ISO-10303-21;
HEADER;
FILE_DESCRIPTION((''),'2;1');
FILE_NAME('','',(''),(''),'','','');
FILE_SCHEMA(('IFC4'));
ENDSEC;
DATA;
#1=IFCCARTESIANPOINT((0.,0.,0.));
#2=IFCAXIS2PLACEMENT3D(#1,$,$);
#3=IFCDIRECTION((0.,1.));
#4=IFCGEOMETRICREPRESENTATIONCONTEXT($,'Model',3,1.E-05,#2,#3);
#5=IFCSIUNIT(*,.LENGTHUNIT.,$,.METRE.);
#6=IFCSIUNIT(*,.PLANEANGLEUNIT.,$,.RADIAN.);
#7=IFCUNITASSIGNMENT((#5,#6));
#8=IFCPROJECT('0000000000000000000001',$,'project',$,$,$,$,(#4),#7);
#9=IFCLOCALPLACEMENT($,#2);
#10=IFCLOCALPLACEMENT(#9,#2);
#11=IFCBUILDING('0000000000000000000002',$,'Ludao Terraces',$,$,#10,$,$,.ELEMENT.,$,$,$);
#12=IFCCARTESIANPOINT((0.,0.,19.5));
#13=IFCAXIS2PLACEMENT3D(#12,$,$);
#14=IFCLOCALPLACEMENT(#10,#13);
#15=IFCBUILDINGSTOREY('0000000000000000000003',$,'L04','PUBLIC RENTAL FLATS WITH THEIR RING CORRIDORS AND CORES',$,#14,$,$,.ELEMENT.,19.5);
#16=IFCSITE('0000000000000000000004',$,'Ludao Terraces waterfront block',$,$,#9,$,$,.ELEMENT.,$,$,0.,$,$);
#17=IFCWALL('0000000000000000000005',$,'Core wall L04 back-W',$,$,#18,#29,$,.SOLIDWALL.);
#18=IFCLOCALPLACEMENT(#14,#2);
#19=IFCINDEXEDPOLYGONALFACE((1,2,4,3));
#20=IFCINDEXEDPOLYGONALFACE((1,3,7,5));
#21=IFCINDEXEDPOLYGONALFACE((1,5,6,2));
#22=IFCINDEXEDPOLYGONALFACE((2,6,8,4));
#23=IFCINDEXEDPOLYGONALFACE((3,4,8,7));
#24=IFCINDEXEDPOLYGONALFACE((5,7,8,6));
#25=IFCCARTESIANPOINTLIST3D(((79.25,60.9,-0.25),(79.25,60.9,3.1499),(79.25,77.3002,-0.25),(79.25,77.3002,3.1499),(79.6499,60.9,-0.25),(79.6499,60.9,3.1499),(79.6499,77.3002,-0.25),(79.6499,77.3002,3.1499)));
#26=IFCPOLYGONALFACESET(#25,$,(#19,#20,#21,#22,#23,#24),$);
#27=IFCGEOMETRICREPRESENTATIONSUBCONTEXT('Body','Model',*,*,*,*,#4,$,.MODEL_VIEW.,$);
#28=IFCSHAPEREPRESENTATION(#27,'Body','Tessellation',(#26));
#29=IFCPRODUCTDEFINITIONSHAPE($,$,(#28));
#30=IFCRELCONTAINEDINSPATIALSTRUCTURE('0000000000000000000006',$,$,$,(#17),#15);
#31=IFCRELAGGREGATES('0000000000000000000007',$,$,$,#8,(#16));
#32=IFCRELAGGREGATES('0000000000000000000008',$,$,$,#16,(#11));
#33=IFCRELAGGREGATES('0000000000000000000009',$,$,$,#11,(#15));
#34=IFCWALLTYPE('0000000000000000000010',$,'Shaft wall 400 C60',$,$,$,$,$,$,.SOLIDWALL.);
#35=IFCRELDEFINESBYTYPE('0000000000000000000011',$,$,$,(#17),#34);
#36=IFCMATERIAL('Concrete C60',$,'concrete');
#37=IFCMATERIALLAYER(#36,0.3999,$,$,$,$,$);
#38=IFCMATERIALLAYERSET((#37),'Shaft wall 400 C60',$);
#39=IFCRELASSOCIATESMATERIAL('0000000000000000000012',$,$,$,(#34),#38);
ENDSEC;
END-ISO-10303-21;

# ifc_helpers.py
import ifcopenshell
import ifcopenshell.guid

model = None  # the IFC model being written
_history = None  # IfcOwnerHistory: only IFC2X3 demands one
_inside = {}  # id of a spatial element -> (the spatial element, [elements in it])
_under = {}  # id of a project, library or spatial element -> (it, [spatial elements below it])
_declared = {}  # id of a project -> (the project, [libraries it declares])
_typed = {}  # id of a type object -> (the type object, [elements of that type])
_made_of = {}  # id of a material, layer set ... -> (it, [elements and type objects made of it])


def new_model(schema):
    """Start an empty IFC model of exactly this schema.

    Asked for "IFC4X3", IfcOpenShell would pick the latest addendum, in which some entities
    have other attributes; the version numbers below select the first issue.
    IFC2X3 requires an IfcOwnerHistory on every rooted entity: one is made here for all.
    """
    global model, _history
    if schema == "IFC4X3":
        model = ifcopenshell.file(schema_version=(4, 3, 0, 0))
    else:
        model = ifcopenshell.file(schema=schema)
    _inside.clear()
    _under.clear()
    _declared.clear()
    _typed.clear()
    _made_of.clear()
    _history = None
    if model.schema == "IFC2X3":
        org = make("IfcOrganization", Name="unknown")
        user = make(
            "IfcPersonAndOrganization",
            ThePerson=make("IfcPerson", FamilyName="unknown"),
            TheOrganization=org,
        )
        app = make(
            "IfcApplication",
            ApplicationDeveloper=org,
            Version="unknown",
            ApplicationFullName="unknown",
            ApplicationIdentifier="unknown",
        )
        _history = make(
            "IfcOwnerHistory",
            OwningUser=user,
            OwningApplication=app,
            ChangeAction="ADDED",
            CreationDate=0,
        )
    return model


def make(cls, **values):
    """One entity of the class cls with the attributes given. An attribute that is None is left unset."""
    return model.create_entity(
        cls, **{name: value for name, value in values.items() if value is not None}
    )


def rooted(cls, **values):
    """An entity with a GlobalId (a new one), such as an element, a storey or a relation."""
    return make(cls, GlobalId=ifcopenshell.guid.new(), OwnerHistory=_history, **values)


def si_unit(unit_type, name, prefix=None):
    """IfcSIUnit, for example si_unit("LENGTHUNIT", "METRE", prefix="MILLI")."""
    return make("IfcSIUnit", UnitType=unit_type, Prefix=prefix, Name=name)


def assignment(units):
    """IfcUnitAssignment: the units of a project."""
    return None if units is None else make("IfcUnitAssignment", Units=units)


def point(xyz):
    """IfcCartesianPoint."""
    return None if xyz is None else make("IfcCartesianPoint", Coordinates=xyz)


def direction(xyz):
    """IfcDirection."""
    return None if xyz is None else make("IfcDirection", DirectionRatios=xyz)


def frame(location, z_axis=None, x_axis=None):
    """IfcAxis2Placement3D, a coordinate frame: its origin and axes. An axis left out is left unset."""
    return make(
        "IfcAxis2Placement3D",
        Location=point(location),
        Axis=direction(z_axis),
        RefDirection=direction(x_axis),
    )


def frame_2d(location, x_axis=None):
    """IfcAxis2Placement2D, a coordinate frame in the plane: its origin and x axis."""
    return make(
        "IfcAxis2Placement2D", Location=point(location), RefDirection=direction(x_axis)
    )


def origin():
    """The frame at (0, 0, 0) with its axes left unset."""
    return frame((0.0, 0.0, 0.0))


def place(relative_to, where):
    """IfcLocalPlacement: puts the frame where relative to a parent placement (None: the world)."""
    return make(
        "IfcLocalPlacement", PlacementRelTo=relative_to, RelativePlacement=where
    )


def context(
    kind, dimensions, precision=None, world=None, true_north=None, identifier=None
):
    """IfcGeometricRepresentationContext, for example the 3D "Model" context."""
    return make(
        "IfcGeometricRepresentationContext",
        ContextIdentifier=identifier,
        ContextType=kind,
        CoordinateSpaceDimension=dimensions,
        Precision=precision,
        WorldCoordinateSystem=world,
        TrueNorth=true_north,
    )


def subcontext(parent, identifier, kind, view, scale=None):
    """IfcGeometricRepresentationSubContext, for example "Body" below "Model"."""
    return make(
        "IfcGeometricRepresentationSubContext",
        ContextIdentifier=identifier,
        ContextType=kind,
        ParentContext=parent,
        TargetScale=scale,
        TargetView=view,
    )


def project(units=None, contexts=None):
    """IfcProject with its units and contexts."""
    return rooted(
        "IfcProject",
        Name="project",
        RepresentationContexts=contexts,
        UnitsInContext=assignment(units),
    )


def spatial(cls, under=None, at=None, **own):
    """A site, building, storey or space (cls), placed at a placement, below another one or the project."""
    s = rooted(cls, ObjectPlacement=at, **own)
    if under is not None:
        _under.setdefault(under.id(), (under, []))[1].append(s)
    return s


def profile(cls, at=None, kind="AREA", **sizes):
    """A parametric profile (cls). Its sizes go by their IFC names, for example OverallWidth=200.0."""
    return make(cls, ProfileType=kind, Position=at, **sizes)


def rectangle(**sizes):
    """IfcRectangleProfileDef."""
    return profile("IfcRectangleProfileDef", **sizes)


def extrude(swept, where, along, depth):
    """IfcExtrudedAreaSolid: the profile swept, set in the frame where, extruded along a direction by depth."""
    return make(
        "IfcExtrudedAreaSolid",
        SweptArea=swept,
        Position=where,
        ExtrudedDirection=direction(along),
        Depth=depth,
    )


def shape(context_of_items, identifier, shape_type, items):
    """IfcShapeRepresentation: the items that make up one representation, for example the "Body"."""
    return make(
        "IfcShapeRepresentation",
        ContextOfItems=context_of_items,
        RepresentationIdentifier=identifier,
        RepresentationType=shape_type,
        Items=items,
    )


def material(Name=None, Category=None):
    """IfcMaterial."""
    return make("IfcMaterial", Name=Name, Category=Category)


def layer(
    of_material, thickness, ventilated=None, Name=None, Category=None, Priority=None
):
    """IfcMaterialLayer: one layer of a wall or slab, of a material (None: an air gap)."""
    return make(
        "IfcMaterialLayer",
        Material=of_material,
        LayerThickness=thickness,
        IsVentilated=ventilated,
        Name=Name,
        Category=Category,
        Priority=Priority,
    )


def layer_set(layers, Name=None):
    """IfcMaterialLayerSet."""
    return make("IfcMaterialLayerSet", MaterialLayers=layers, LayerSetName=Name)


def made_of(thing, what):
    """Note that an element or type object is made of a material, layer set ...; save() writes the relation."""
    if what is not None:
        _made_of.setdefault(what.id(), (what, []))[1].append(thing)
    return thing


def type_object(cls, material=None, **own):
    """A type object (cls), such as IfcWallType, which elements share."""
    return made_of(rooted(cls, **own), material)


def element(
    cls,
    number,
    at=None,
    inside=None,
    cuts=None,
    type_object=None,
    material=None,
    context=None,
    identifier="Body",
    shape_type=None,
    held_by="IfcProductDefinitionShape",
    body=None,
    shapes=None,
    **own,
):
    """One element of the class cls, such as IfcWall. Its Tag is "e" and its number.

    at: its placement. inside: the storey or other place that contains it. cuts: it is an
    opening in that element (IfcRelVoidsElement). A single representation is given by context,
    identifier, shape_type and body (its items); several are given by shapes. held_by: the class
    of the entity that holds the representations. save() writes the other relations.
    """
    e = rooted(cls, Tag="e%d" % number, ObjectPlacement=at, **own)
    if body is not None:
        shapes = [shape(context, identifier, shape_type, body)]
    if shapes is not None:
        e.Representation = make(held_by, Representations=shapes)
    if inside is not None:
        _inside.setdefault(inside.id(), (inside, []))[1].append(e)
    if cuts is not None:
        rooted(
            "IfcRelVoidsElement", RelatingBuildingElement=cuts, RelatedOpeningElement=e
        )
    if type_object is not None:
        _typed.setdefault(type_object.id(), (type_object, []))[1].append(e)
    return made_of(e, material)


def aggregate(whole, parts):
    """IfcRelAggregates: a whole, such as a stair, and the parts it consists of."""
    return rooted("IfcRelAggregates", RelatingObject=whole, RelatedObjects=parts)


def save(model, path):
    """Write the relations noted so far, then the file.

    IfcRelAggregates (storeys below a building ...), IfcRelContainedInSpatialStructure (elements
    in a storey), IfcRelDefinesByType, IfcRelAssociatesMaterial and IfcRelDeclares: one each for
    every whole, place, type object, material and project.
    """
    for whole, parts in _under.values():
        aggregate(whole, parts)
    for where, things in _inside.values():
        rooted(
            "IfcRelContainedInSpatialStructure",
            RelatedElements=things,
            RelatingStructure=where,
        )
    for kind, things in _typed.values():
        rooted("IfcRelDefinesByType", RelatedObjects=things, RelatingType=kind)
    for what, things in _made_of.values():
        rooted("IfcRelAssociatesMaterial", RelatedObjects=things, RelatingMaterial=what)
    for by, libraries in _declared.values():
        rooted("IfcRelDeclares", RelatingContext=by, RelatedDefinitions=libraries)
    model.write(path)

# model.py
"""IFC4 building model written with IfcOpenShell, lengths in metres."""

from ifc_helpers import new_model, si_unit, direction, frame, frame_2d, origin, place, context, subcontext, project, spatial, rectangle, extrude, material, layer, layer_set, type_object, element, save


model = new_model("IFC4")

# Units and contexts
model_context = context("Model", 3, precision=1e-05, world=origin(), true_north=direction((0.0, 1.0)))
body_context = subcontext(model_context, "Body", "Model", "MODEL_VIEW")
ifc_project = project(units=[si_unit("LENGTHUNIT", "METRE"), si_unit("PLANEANGLEUNIT", "RADIAN")], contexts=[model_context])

# Site, building, storey
site_placement = place(None, origin())
site = spatial("IfcSite", under=ifc_project, at=site_placement, Name="Ludao Terraces waterfront block", CompositionType="ELEMENT", RefElevation=0.0)
building_placement = place(site_placement, origin())
building = spatial("IfcBuilding", under=site, at=building_placement, Name="Ludao Terraces", CompositionType="ELEMENT")
storey_placement = place(building_placement, frame((0.0, 0.0, 19.5)))
storey = spatial("IfcBuildingStorey", under=building, at=storey_placement, Name="L04", Description="PUBLIC RENTAL FLATS WITH THEIR RING CORRIDORS AND CORES", CompositionType="ELEMENT", Elevation=19.5)

# Wall
ifc_material_1 = material(Name="Concrete C60", Category="concrete")
ifc_layer_1 = layer(ifc_material_1, 0.3999)
ifc_layer_set_1 = layer_set([ifc_layer_1], Name="Shaft wall 400 C60")
wall_type_1 = type_object("IfcWallType", Name="Shaft wall 400 C60", PredefinedType="SOLIDWALL", material=ifc_layer_set_1)
wall_1_placement = place(storey_placement, frame((79.45, 60.8999, -0.25), z_axis=(0.0, 0.0, 1.0), x_axis=(0.0, 1.0, 0.0)))
element("IfcWall", 1, at=wall_1_placement, inside=storey, type_object=wall_type_1, Name="Core wall L04 back-W", PredefinedType="SOLIDWALL", context=body_context, shape_type="SweptSolid", body=[
    extrude(rectangle(XDim=16.4001, YDim=0.3999, at=frame_2d((8.2002, 0.0))), origin(), (0.0, 0.0, 1.0), 3.3999),
])

save(model, "model.ifc")
